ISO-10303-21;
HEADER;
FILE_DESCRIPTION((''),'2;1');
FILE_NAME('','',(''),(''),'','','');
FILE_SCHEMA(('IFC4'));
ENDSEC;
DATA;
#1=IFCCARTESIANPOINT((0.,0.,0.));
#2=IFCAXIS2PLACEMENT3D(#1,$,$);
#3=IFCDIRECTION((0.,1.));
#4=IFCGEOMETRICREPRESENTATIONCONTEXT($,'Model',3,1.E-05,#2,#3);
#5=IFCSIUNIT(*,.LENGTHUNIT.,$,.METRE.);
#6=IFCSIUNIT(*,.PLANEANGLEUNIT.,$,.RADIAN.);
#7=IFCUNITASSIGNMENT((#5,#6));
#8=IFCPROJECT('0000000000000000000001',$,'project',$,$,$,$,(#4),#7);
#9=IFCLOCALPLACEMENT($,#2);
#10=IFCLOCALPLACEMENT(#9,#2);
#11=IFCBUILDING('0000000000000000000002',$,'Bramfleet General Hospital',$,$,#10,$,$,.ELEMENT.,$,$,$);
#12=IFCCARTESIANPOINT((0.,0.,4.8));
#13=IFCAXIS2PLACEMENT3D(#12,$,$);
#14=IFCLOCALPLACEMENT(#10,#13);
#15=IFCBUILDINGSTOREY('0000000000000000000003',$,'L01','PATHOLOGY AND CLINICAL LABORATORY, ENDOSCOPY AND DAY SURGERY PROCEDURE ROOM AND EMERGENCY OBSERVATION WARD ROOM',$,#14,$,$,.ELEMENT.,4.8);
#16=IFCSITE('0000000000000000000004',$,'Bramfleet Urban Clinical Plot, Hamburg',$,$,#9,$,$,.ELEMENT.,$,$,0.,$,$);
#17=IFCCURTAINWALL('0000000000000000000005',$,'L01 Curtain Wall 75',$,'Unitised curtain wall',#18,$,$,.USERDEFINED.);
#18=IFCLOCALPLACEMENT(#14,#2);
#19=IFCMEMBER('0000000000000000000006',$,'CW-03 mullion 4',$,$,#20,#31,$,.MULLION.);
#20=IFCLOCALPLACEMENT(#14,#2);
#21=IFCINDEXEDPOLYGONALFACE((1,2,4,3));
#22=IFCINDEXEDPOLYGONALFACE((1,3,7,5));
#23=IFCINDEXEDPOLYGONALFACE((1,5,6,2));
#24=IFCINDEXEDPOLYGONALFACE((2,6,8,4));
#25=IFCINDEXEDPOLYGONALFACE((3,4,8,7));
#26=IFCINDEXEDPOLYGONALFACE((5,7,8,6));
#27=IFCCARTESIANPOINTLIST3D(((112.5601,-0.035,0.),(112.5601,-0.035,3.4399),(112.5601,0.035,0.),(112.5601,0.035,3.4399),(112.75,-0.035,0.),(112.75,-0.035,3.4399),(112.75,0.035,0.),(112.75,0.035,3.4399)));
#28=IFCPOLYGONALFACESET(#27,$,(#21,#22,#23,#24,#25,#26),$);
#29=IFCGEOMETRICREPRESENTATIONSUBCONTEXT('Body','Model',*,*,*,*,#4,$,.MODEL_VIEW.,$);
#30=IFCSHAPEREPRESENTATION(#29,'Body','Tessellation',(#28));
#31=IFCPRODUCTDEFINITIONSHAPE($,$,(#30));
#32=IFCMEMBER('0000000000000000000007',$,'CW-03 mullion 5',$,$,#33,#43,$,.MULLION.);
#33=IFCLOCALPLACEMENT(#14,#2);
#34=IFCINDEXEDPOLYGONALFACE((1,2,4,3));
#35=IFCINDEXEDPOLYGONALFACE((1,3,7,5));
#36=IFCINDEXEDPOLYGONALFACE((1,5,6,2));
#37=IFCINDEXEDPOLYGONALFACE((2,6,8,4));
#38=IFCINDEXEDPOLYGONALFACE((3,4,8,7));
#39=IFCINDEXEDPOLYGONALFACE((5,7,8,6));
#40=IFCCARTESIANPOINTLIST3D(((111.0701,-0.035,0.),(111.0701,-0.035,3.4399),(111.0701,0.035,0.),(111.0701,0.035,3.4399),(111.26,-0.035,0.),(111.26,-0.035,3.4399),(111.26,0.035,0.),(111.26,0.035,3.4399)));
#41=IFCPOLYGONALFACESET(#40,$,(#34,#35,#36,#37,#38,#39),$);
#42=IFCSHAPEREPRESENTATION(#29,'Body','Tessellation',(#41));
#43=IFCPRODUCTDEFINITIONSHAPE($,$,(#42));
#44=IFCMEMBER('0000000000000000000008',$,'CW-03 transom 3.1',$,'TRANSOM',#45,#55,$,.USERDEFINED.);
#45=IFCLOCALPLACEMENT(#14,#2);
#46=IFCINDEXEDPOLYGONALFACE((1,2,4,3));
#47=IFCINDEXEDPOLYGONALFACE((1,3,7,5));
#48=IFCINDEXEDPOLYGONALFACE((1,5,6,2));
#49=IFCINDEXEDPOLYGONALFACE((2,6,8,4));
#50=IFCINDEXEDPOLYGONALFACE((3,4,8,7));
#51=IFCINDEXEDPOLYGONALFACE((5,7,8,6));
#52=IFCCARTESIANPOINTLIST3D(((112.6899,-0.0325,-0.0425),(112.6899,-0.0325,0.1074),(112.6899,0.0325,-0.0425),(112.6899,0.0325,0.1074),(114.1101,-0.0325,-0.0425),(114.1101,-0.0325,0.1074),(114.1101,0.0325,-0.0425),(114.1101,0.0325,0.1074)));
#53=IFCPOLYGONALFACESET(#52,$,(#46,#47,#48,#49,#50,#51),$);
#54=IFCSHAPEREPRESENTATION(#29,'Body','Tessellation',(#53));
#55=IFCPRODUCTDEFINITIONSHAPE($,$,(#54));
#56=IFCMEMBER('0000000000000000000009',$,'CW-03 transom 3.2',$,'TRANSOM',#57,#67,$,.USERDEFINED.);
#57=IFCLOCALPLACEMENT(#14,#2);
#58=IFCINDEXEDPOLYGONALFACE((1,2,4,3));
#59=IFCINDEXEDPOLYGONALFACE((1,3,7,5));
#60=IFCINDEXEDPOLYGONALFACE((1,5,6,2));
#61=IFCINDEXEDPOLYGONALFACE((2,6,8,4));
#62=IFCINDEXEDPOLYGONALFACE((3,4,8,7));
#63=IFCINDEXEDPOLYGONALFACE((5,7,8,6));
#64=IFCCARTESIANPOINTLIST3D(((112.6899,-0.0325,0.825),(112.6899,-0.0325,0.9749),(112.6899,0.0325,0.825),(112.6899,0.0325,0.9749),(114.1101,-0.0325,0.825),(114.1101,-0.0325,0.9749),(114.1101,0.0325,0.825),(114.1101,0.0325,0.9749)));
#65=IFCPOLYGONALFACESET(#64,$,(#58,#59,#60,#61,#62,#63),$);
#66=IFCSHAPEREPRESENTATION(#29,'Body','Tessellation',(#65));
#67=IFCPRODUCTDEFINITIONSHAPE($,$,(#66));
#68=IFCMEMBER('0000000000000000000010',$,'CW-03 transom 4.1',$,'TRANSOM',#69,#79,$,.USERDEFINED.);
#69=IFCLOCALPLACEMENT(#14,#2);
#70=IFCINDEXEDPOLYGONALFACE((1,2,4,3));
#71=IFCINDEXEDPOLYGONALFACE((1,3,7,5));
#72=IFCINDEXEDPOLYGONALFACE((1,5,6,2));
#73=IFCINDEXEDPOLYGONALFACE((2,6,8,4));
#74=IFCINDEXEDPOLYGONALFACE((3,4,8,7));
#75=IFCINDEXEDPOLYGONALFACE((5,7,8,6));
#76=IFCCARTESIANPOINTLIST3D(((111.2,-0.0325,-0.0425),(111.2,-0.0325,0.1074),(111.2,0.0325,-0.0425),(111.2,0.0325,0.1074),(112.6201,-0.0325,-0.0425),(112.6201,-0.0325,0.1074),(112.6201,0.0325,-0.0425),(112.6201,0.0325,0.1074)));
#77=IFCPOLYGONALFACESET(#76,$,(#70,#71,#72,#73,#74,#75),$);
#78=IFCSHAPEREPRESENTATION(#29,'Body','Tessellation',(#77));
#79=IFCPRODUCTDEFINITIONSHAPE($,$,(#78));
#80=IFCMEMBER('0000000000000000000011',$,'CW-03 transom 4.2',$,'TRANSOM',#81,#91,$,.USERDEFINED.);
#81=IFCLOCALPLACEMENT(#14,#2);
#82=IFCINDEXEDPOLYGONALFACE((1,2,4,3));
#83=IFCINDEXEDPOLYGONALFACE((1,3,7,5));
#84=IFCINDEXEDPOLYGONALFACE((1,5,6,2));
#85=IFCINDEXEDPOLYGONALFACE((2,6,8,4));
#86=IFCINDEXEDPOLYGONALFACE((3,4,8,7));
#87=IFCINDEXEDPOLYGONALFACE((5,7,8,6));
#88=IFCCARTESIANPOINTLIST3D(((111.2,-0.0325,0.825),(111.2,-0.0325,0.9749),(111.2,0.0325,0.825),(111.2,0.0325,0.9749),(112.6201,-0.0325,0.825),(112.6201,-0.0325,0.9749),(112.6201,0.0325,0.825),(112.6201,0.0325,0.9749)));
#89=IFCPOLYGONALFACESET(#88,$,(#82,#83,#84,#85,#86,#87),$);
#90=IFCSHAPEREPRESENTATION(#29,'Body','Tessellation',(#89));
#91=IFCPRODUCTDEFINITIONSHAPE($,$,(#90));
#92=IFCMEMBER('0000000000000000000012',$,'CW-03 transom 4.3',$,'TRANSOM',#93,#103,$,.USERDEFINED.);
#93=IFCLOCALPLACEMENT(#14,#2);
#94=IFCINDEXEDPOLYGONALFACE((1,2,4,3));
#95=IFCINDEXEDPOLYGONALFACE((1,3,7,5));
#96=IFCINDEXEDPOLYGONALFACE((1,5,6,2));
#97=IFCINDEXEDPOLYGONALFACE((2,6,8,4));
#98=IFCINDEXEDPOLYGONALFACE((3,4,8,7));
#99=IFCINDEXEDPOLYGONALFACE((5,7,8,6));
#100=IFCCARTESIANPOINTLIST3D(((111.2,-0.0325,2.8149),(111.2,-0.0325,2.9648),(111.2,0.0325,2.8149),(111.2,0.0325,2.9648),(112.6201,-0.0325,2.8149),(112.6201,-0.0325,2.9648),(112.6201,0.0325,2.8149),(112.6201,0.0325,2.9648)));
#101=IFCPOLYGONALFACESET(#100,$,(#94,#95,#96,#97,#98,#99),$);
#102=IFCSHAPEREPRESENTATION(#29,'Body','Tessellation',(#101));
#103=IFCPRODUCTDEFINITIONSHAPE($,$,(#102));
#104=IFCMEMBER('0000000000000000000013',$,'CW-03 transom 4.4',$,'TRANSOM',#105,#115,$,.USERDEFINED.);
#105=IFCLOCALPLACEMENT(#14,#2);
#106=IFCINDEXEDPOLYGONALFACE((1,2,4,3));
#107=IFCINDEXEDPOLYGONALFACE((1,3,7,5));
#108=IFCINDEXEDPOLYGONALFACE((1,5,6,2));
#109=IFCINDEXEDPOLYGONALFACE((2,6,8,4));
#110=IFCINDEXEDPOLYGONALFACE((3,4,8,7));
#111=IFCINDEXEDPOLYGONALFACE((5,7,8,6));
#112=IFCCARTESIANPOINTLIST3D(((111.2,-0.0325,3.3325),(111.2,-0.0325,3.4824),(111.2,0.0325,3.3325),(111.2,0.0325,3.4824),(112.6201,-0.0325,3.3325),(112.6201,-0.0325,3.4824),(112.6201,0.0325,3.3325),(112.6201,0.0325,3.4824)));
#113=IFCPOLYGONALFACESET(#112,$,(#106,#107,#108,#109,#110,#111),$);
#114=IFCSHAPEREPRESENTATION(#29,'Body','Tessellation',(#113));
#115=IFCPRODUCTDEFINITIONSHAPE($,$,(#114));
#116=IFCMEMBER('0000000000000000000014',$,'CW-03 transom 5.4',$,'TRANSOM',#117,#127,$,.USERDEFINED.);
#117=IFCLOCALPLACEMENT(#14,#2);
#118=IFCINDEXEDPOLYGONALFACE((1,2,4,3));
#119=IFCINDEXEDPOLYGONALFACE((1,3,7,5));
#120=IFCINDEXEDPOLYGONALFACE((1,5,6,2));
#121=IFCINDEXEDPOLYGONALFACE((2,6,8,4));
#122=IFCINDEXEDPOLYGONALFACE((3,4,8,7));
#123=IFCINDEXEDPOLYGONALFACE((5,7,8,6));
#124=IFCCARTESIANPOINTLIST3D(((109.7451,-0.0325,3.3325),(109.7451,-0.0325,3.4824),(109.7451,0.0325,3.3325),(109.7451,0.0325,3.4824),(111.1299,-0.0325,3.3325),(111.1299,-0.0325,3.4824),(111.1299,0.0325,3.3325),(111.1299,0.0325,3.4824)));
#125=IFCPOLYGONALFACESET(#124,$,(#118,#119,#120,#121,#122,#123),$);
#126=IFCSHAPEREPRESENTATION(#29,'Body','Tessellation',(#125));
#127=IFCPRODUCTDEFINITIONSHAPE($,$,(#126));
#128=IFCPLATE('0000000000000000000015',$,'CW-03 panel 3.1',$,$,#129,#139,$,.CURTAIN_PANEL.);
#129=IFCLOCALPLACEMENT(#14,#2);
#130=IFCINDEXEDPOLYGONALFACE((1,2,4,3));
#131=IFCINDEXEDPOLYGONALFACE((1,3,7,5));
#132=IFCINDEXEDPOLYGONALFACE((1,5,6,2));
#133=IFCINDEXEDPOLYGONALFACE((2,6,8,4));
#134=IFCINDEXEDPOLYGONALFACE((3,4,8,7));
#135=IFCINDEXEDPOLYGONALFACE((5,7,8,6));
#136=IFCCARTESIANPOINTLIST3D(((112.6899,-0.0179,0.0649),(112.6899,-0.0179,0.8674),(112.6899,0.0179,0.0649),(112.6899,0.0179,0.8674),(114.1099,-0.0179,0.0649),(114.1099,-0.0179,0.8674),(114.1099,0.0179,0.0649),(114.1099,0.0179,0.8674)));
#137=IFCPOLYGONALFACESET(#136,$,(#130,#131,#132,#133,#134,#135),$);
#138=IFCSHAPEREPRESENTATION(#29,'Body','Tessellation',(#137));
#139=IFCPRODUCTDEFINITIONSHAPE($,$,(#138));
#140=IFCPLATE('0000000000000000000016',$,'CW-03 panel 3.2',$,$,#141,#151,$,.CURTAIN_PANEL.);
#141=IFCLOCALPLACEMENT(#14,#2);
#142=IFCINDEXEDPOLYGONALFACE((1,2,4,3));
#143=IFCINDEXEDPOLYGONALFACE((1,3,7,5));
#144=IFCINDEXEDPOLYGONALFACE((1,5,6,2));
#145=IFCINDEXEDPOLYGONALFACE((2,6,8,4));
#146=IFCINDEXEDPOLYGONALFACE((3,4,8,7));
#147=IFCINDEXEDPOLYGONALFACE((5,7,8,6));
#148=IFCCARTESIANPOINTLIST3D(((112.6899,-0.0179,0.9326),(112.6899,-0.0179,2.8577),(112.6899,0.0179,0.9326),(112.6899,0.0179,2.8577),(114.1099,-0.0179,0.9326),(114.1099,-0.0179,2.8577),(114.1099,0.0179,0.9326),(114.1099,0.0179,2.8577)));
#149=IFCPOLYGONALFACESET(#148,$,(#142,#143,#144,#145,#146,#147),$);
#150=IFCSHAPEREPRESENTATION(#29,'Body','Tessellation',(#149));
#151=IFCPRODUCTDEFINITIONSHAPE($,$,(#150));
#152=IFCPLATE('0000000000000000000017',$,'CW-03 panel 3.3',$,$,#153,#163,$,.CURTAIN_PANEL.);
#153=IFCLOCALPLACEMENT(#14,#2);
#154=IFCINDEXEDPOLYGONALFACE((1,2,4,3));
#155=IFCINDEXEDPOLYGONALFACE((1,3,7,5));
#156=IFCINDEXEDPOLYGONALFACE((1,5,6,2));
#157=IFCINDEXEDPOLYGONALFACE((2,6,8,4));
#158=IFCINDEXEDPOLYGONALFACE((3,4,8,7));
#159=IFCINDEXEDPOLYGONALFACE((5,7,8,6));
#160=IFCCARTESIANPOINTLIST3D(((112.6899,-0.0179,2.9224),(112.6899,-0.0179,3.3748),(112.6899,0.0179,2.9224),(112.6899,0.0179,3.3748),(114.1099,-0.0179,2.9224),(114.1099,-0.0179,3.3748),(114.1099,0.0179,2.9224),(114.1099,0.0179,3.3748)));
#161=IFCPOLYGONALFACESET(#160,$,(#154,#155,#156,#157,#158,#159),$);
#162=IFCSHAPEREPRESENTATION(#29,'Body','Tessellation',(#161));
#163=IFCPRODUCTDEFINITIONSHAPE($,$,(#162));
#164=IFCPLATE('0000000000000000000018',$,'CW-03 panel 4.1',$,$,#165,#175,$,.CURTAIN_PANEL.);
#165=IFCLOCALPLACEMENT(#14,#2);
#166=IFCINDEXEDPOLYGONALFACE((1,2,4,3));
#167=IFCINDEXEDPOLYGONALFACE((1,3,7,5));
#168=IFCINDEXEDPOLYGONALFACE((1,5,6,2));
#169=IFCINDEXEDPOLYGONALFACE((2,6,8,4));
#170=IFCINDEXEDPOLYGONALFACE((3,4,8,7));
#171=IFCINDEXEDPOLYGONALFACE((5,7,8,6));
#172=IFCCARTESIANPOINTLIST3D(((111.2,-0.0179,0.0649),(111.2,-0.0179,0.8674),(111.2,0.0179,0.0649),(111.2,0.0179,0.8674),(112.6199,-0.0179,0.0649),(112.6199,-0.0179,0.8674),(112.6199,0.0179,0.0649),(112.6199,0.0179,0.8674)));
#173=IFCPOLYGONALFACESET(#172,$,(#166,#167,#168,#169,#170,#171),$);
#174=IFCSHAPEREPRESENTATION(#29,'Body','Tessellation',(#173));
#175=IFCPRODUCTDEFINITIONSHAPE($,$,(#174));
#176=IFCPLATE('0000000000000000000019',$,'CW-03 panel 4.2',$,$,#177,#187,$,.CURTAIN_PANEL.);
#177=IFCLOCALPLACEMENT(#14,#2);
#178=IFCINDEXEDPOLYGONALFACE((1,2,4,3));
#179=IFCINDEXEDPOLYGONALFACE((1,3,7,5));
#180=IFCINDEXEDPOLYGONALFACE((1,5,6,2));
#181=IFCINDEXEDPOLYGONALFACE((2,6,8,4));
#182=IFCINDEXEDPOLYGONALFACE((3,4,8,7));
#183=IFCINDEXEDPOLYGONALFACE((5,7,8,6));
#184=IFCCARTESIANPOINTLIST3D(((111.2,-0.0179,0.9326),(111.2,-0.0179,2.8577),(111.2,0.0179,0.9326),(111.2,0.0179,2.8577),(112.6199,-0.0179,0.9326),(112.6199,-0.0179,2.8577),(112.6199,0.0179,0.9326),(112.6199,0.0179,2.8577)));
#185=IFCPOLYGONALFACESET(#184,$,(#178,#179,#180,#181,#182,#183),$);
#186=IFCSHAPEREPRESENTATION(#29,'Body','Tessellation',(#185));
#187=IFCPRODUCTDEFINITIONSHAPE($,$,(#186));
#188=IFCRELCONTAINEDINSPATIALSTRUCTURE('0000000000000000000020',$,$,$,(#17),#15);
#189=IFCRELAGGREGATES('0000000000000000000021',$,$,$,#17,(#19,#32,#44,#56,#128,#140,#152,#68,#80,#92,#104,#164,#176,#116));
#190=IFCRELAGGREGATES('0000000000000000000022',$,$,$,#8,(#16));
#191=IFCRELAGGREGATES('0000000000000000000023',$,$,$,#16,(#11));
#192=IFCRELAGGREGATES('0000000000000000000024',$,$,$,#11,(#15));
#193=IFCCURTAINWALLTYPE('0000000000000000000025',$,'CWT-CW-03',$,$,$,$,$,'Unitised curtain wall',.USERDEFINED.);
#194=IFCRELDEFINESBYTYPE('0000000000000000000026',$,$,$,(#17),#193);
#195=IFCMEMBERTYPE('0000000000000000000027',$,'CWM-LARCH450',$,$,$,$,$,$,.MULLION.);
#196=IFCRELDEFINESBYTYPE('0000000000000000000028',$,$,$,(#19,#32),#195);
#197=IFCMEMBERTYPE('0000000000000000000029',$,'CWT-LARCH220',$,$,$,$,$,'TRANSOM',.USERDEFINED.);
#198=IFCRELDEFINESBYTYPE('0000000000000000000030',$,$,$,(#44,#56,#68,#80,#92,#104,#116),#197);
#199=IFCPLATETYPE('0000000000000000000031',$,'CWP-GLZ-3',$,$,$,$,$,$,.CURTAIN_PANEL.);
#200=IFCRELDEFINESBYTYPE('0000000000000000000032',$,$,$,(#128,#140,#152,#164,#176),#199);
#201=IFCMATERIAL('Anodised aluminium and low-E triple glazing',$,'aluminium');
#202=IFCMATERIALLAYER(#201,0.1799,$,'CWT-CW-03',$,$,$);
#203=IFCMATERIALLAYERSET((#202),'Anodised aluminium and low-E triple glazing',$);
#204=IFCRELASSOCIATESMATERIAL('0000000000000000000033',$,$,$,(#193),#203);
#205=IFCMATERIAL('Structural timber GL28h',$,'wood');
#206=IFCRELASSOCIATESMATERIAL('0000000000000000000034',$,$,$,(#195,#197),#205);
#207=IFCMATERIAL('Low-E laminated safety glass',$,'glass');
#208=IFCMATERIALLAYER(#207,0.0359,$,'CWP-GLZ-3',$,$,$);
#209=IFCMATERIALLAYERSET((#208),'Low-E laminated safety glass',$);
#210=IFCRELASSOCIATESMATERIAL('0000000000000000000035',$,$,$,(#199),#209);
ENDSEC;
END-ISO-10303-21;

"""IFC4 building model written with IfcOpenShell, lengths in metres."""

from ifc_helpers import new_model, si_unit, direction, frame, origin, origin_2d, place, context, subcontext, project, spatial, rectangle, extrude, material, layer, layer_set, material_profile, profile_set, type_object, element, aggregate, save


model = new_model("IFC4")

# Units and contexts
model_context = context("Model", 3, precision=1e-05, world=origin(), true_north=direction((0.0, 1.0)))
body_context = subcontext(model_context, "Body", "Model", "MODEL_VIEW")
ifc_project = project(units=[si_unit("LENGTHUNIT", "METRE"), si_unit("PLANEANGLEUNIT", "RADIAN")], contexts=[model_context])

# Site, building, storey
site_placement = place(None, origin())
site = spatial("IfcSite", under=ifc_project, at=site_placement, Name="Bramfleet Urban Clinical Plot, Hamburg", CompositionType="ELEMENT", RefElevation=0.0)
building_placement = place(site_placement, origin())
building = spatial("IfcBuilding", under=site, at=building_placement, Name="Bramfleet General Hospital", CompositionType="ELEMENT")
storey_placement = place(building_placement, frame((0.0, 0.0, 4.8)))
storey = spatial("IfcBuildingStorey", under=building, at=storey_placement, Name="L01", Description="PATHOLOGY AND CLINICAL LABORATORY, ENDOSCOPY AND DAY SURGERY PROCEDURE ROOM AND EMERGENCY OBSERVATION WARD ROOM", CompositionType="ELEMENT", Elevation=4.8)

# Curtain wall, members, plates
ifc_material_1 = material(Name="Anodised aluminium and low-E triple glazing", Category="aluminium")
ifc_layer_1 = layer(ifc_material_1, 0.1799, Name="CWT-CW-03")
ifc_layer_set_1 = layer_set([ifc_layer_1], Name="Anodised aluminium and low-E triple glazing")
curtain_wall_type = type_object("IfcCurtainWallType", Name="CWT-CW-03", ElementType="Unitised curtain wall", PredefinedType="USERDEFINED", material=ifc_layer_set_1)
curtain_wall_placement = place(storey_placement, origin())
curtain_wall = element("IfcCurtainWall", 1, at=curtain_wall_placement, inside=storey, type_object=curtain_wall_type, Name="L01 Curtain Wall 75", ObjectType="Unitised curtain wall", PredefinedType="USERDEFINED")
ifc_material_2 = material(Name="Structural timber GL28h", Category="wood")
ifc_material_profile_1 = material_profile(ifc_material_2, rectangle(XDim=0.0701, YDim=0.1899, at=origin_2d()), Name="LARCH 190x70")
ifc_profile_set_1 = profile_set([ifc_material_profile_1], Name="Structural timber GL28h")
member_type_1 = type_object("IfcMemberType", Name="CWM-LARCH450", PredefinedType="MULLION", material=ifc_profile_set_1)
member_1_placement = place(storey_placement, frame((112.655, 0.0, 0.0), z_axis=(0.0, 0.0, 1.0), x_axis=(0.0, -1.0, 0.0)))
member_1 = element("IfcMember", 2, at=member_1_placement, type_object=member_type_1, Name="CW-03 mullion 4", PredefinedType="MULLION", context=body_context, shape_type="SweptSolid", body=[
    extrude(rectangle(XDim=0.0701, YDim=0.1899, at=origin_2d()), origin(), (0.0, 0.0, 1.0), 3.4399),
])
member_2_placement = place(storey_placement, frame((111.165, 0.0, 0.0), z_axis=(0.0, 0.0, 1.0), x_axis=(0.0, -1.0, 0.0)))
member_2 = element("IfcMember", 3, at=member_2_placement, type_object=member_type_1, Name="CW-03 mullion 5", PredefinedType="MULLION", context=body_context, shape_type="SweptSolid", body=[
    extrude(rectangle(XDim=0.0701, YDim=0.1899, at=origin_2d()), origin(), (0.0, 0.0, 1.0), 3.4399),
])
ifc_material_profile_2 = material_profile(ifc_material_2, rectangle(XDim=0.0649, YDim=0.1499, at=origin_2d()), Name="LARCH 150x65")
ifc_profile_set_2 = profile_set([ifc_material_profile_2], Name="Structural timber GL28h")
member_type_2 = type_object("IfcMemberType", Name="CWT-LARCH220", ElementType="TRANSOM", PredefinedType="USERDEFINED", material=ifc_profile_set_2)
member_3_placement = place(storey_placement, frame((114.1101, 0.0, 0.0325), z_axis=(-1.0, 0.0, 0.0), x_axis=(0.0, -1.0, 0.0)))
member_3 = element("IfcMember", 4, at=member_3_placement, type_object=member_type_2, Name="CW-03 transom 3.1", ObjectType="TRANSOM", PredefinedType="USERDEFINED", context=body_context, shape_type="SweptSolid", body=[
    extrude(rectangle(XDim=0.0649, YDim=0.1499, at=origin_2d()), origin(), (0.0, 0.0, 1.0), 1.4202),
])
member_4_placement = place(storey_placement, frame((114.1101, 0.0, 0.8999), z_axis=(-1.0, 0.0, 0.0), x_axis=(0.0, -1.0, 0.0)))
member_4 = element("IfcMember", 5, at=member_4_placement, type_object=member_type_2, Name="CW-03 transom 3.2", ObjectType="TRANSOM", PredefinedType="USERDEFINED", context=body_context, shape_type="SweptSolid", body=[
    extrude(rectangle(XDim=0.0649, YDim=0.1499, at=origin_2d()), origin(), (0.0, 0.0, 1.0), 1.4202),
])
member_5_placement = place(storey_placement, frame((112.6201, 0.0, 0.0325), z_axis=(-1.0, 0.0, 0.0), x_axis=(0.0, -1.0, 0.0)))
member_5 = element("IfcMember", 6, at=member_5_placement, type_object=member_type_2, Name="CW-03 transom 4.1", ObjectType="TRANSOM", PredefinedType="USERDEFINED", context=body_context, shape_type="SweptSolid", body=[
    extrude(rectangle(XDim=0.0649, YDim=0.1499, at=origin_2d()), origin(), (0.0, 0.0, 1.0), 1.4202),
])
member_6_placement = place(storey_placement, frame((112.6201, 0.0, 0.8999), z_axis=(-1.0, 0.0, 0.0), x_axis=(0.0, -1.0, 0.0)))
member_6 = element("IfcMember", 7, at=member_6_placement, type_object=member_type_2, Name="CW-03 transom 4.2", ObjectType="TRANSOM", PredefinedType="USERDEFINED", context=body_context, shape_type="SweptSolid", body=[
    extrude(rectangle(XDim=0.0649, YDim=0.1499, at=origin_2d()), origin(), (0.0, 0.0, 1.0), 1.4202),
])
member_7_placement = place(storey_placement, frame((112.6201, 0.0, 2.8899), z_axis=(-1.0, 0.0, 0.0), x_axis=(0.0, -1.0, 0.0)))
member_7 = element("IfcMember", 8, at=member_7_placement, type_object=member_type_2, Name="CW-03 transom 4.3", ObjectType="TRANSOM", PredefinedType="USERDEFINED", context=body_context, shape_type="SweptSolid", body=[
    extrude(rectangle(XDim=0.0649, YDim=0.1499, at=origin_2d()), origin(), (0.0, 0.0, 1.0), 1.4202),
])
member_8_placement = place(storey_placement, frame((112.6201, 0.0, 3.4075), z_axis=(-1.0, 0.0, 0.0), x_axis=(0.0, -1.0, 0.0)))
member_8 = element("IfcMember", 9, at=member_8_placement, type_object=member_type_2, Name="CW-03 transom 4.4", ObjectType="TRANSOM", PredefinedType="USERDEFINED", context=body_context, shape_type="SweptSolid", body=[
    extrude(rectangle(XDim=0.0649, YDim=0.1499, at=origin_2d()), origin(), (0.0, 0.0, 1.0), 1.4202),
])
member_9_placement = place(storey_placement, frame((111.1299, 0.0, 3.4075), z_axis=(-1.0, 0.0, 0.0), x_axis=(0.0, -1.0, 0.0)))
member_9 = element("IfcMember", 10, at=member_9_placement, type_object=member_type_2, Name="CW-03 transom 5.4", ObjectType="TRANSOM", PredefinedType="USERDEFINED", context=body_context, shape_type="SweptSolid", body=[
    extrude(rectangle(XDim=0.0649, YDim=0.1499, at=origin_2d()), origin(), (0.0, 0.0, 1.0), 1.3848),
])
ifc_material_3 = material(Name="Low-E laminated safety glass", Category="glass")
ifc_layer_2 = layer(ifc_material_3, 0.0359, Name="CWP-GLZ-3")
ifc_layer_set_2 = layer_set([ifc_layer_2], Name="Low-E laminated safety glass")
plate_type = type_object("IfcPlateType", Name="CWP-GLZ-3", PredefinedType="CURTAIN_PANEL", material=ifc_layer_set_2)
plate_1_placement = place(storey_placement, frame((113.3999, 0.0, 0.0649), z_axis=(0.0, 0.0, 1.0), x_axis=(-1.0, 0.0, 0.0)))
plate_1 = element("IfcPlate", 11, at=plate_1_placement, type_object=plate_type, Name="CW-03 panel 3.1", PredefinedType="CURTAIN_PANEL", context=body_context, shape_type="SweptSolid", body=[
    extrude(rectangle(XDim=1.4199, YDim=0.0359, at=origin_2d()), origin(), (0.0, 0.0, 1.0), 0.8025),
])
plate_2_placement = place(storey_placement, frame((113.3999, 0.0, 0.9326), z_axis=(0.0, 0.0, 1.0), x_axis=(-1.0, 0.0, 0.0)))
plate_2 = element("IfcPlate", 12, at=plate_2_placement, type_object=plate_type, Name="CW-03 panel 3.2", PredefinedType="CURTAIN_PANEL", context=body_context, shape_type="SweptSolid", body=[
    extrude(rectangle(XDim=1.4199, YDim=0.0359, at=origin_2d()), origin(), (0.0, 0.0, 1.0), 1.925),
])
plate_3_placement = place(storey_placement, frame((113.3999, 0.0, 2.9224), z_axis=(0.0, 0.0, 1.0), x_axis=(-1.0, 0.0, 0.0)))
plate_3 = element("IfcPlate", 13, at=plate_3_placement, type_object=plate_type, Name="CW-03 panel 3.3", PredefinedType="CURTAIN_PANEL", context=body_context, shape_type="SweptSolid", body=[
    extrude(rectangle(XDim=1.4199, YDim=0.0359, at=origin_2d()), origin(), (0.0, 0.0, 1.0), 0.4524),
])
plate_4_placement = place(storey_placement, frame((111.9099, 0.0, 0.0649), z_axis=(0.0, 0.0, 1.0), x_axis=(-1.0, 0.0, 0.0)))
plate_4 = element("IfcPlate", 14, at=plate_4_placement, type_object=plate_type, Name="CW-03 panel 4.1", PredefinedType="CURTAIN_PANEL", context=body_context, shape_type="SweptSolid", body=[
    extrude(rectangle(XDim=1.4199, YDim=0.0359, at=origin_2d()), origin(), (0.0, 0.0, 1.0), 0.8025),
])
plate_5_placement = place(storey_placement, frame((111.9099, 0.0, 0.9326), z_axis=(0.0, 0.0, 1.0), x_axis=(-1.0, 0.0, 0.0)))
plate_5 = element("IfcPlate", 15, at=plate_5_placement, type_object=plate_type, Name="CW-03 panel 4.2", PredefinedType="CURTAIN_PANEL", context=body_context, shape_type="SweptSolid", body=[
    extrude(rectangle(XDim=1.4199, YDim=0.0359, at=origin_2d()), origin(), (0.0, 0.0, 1.0), 1.925),
])
aggregate(curtain_wall, [member_1, member_2, member_3, member_4, plate_1, plate_2, plate_3, member_5, member_6, member_7, member_8, plate_4, plate_5, member_9])

save(model, "model.ifc")
